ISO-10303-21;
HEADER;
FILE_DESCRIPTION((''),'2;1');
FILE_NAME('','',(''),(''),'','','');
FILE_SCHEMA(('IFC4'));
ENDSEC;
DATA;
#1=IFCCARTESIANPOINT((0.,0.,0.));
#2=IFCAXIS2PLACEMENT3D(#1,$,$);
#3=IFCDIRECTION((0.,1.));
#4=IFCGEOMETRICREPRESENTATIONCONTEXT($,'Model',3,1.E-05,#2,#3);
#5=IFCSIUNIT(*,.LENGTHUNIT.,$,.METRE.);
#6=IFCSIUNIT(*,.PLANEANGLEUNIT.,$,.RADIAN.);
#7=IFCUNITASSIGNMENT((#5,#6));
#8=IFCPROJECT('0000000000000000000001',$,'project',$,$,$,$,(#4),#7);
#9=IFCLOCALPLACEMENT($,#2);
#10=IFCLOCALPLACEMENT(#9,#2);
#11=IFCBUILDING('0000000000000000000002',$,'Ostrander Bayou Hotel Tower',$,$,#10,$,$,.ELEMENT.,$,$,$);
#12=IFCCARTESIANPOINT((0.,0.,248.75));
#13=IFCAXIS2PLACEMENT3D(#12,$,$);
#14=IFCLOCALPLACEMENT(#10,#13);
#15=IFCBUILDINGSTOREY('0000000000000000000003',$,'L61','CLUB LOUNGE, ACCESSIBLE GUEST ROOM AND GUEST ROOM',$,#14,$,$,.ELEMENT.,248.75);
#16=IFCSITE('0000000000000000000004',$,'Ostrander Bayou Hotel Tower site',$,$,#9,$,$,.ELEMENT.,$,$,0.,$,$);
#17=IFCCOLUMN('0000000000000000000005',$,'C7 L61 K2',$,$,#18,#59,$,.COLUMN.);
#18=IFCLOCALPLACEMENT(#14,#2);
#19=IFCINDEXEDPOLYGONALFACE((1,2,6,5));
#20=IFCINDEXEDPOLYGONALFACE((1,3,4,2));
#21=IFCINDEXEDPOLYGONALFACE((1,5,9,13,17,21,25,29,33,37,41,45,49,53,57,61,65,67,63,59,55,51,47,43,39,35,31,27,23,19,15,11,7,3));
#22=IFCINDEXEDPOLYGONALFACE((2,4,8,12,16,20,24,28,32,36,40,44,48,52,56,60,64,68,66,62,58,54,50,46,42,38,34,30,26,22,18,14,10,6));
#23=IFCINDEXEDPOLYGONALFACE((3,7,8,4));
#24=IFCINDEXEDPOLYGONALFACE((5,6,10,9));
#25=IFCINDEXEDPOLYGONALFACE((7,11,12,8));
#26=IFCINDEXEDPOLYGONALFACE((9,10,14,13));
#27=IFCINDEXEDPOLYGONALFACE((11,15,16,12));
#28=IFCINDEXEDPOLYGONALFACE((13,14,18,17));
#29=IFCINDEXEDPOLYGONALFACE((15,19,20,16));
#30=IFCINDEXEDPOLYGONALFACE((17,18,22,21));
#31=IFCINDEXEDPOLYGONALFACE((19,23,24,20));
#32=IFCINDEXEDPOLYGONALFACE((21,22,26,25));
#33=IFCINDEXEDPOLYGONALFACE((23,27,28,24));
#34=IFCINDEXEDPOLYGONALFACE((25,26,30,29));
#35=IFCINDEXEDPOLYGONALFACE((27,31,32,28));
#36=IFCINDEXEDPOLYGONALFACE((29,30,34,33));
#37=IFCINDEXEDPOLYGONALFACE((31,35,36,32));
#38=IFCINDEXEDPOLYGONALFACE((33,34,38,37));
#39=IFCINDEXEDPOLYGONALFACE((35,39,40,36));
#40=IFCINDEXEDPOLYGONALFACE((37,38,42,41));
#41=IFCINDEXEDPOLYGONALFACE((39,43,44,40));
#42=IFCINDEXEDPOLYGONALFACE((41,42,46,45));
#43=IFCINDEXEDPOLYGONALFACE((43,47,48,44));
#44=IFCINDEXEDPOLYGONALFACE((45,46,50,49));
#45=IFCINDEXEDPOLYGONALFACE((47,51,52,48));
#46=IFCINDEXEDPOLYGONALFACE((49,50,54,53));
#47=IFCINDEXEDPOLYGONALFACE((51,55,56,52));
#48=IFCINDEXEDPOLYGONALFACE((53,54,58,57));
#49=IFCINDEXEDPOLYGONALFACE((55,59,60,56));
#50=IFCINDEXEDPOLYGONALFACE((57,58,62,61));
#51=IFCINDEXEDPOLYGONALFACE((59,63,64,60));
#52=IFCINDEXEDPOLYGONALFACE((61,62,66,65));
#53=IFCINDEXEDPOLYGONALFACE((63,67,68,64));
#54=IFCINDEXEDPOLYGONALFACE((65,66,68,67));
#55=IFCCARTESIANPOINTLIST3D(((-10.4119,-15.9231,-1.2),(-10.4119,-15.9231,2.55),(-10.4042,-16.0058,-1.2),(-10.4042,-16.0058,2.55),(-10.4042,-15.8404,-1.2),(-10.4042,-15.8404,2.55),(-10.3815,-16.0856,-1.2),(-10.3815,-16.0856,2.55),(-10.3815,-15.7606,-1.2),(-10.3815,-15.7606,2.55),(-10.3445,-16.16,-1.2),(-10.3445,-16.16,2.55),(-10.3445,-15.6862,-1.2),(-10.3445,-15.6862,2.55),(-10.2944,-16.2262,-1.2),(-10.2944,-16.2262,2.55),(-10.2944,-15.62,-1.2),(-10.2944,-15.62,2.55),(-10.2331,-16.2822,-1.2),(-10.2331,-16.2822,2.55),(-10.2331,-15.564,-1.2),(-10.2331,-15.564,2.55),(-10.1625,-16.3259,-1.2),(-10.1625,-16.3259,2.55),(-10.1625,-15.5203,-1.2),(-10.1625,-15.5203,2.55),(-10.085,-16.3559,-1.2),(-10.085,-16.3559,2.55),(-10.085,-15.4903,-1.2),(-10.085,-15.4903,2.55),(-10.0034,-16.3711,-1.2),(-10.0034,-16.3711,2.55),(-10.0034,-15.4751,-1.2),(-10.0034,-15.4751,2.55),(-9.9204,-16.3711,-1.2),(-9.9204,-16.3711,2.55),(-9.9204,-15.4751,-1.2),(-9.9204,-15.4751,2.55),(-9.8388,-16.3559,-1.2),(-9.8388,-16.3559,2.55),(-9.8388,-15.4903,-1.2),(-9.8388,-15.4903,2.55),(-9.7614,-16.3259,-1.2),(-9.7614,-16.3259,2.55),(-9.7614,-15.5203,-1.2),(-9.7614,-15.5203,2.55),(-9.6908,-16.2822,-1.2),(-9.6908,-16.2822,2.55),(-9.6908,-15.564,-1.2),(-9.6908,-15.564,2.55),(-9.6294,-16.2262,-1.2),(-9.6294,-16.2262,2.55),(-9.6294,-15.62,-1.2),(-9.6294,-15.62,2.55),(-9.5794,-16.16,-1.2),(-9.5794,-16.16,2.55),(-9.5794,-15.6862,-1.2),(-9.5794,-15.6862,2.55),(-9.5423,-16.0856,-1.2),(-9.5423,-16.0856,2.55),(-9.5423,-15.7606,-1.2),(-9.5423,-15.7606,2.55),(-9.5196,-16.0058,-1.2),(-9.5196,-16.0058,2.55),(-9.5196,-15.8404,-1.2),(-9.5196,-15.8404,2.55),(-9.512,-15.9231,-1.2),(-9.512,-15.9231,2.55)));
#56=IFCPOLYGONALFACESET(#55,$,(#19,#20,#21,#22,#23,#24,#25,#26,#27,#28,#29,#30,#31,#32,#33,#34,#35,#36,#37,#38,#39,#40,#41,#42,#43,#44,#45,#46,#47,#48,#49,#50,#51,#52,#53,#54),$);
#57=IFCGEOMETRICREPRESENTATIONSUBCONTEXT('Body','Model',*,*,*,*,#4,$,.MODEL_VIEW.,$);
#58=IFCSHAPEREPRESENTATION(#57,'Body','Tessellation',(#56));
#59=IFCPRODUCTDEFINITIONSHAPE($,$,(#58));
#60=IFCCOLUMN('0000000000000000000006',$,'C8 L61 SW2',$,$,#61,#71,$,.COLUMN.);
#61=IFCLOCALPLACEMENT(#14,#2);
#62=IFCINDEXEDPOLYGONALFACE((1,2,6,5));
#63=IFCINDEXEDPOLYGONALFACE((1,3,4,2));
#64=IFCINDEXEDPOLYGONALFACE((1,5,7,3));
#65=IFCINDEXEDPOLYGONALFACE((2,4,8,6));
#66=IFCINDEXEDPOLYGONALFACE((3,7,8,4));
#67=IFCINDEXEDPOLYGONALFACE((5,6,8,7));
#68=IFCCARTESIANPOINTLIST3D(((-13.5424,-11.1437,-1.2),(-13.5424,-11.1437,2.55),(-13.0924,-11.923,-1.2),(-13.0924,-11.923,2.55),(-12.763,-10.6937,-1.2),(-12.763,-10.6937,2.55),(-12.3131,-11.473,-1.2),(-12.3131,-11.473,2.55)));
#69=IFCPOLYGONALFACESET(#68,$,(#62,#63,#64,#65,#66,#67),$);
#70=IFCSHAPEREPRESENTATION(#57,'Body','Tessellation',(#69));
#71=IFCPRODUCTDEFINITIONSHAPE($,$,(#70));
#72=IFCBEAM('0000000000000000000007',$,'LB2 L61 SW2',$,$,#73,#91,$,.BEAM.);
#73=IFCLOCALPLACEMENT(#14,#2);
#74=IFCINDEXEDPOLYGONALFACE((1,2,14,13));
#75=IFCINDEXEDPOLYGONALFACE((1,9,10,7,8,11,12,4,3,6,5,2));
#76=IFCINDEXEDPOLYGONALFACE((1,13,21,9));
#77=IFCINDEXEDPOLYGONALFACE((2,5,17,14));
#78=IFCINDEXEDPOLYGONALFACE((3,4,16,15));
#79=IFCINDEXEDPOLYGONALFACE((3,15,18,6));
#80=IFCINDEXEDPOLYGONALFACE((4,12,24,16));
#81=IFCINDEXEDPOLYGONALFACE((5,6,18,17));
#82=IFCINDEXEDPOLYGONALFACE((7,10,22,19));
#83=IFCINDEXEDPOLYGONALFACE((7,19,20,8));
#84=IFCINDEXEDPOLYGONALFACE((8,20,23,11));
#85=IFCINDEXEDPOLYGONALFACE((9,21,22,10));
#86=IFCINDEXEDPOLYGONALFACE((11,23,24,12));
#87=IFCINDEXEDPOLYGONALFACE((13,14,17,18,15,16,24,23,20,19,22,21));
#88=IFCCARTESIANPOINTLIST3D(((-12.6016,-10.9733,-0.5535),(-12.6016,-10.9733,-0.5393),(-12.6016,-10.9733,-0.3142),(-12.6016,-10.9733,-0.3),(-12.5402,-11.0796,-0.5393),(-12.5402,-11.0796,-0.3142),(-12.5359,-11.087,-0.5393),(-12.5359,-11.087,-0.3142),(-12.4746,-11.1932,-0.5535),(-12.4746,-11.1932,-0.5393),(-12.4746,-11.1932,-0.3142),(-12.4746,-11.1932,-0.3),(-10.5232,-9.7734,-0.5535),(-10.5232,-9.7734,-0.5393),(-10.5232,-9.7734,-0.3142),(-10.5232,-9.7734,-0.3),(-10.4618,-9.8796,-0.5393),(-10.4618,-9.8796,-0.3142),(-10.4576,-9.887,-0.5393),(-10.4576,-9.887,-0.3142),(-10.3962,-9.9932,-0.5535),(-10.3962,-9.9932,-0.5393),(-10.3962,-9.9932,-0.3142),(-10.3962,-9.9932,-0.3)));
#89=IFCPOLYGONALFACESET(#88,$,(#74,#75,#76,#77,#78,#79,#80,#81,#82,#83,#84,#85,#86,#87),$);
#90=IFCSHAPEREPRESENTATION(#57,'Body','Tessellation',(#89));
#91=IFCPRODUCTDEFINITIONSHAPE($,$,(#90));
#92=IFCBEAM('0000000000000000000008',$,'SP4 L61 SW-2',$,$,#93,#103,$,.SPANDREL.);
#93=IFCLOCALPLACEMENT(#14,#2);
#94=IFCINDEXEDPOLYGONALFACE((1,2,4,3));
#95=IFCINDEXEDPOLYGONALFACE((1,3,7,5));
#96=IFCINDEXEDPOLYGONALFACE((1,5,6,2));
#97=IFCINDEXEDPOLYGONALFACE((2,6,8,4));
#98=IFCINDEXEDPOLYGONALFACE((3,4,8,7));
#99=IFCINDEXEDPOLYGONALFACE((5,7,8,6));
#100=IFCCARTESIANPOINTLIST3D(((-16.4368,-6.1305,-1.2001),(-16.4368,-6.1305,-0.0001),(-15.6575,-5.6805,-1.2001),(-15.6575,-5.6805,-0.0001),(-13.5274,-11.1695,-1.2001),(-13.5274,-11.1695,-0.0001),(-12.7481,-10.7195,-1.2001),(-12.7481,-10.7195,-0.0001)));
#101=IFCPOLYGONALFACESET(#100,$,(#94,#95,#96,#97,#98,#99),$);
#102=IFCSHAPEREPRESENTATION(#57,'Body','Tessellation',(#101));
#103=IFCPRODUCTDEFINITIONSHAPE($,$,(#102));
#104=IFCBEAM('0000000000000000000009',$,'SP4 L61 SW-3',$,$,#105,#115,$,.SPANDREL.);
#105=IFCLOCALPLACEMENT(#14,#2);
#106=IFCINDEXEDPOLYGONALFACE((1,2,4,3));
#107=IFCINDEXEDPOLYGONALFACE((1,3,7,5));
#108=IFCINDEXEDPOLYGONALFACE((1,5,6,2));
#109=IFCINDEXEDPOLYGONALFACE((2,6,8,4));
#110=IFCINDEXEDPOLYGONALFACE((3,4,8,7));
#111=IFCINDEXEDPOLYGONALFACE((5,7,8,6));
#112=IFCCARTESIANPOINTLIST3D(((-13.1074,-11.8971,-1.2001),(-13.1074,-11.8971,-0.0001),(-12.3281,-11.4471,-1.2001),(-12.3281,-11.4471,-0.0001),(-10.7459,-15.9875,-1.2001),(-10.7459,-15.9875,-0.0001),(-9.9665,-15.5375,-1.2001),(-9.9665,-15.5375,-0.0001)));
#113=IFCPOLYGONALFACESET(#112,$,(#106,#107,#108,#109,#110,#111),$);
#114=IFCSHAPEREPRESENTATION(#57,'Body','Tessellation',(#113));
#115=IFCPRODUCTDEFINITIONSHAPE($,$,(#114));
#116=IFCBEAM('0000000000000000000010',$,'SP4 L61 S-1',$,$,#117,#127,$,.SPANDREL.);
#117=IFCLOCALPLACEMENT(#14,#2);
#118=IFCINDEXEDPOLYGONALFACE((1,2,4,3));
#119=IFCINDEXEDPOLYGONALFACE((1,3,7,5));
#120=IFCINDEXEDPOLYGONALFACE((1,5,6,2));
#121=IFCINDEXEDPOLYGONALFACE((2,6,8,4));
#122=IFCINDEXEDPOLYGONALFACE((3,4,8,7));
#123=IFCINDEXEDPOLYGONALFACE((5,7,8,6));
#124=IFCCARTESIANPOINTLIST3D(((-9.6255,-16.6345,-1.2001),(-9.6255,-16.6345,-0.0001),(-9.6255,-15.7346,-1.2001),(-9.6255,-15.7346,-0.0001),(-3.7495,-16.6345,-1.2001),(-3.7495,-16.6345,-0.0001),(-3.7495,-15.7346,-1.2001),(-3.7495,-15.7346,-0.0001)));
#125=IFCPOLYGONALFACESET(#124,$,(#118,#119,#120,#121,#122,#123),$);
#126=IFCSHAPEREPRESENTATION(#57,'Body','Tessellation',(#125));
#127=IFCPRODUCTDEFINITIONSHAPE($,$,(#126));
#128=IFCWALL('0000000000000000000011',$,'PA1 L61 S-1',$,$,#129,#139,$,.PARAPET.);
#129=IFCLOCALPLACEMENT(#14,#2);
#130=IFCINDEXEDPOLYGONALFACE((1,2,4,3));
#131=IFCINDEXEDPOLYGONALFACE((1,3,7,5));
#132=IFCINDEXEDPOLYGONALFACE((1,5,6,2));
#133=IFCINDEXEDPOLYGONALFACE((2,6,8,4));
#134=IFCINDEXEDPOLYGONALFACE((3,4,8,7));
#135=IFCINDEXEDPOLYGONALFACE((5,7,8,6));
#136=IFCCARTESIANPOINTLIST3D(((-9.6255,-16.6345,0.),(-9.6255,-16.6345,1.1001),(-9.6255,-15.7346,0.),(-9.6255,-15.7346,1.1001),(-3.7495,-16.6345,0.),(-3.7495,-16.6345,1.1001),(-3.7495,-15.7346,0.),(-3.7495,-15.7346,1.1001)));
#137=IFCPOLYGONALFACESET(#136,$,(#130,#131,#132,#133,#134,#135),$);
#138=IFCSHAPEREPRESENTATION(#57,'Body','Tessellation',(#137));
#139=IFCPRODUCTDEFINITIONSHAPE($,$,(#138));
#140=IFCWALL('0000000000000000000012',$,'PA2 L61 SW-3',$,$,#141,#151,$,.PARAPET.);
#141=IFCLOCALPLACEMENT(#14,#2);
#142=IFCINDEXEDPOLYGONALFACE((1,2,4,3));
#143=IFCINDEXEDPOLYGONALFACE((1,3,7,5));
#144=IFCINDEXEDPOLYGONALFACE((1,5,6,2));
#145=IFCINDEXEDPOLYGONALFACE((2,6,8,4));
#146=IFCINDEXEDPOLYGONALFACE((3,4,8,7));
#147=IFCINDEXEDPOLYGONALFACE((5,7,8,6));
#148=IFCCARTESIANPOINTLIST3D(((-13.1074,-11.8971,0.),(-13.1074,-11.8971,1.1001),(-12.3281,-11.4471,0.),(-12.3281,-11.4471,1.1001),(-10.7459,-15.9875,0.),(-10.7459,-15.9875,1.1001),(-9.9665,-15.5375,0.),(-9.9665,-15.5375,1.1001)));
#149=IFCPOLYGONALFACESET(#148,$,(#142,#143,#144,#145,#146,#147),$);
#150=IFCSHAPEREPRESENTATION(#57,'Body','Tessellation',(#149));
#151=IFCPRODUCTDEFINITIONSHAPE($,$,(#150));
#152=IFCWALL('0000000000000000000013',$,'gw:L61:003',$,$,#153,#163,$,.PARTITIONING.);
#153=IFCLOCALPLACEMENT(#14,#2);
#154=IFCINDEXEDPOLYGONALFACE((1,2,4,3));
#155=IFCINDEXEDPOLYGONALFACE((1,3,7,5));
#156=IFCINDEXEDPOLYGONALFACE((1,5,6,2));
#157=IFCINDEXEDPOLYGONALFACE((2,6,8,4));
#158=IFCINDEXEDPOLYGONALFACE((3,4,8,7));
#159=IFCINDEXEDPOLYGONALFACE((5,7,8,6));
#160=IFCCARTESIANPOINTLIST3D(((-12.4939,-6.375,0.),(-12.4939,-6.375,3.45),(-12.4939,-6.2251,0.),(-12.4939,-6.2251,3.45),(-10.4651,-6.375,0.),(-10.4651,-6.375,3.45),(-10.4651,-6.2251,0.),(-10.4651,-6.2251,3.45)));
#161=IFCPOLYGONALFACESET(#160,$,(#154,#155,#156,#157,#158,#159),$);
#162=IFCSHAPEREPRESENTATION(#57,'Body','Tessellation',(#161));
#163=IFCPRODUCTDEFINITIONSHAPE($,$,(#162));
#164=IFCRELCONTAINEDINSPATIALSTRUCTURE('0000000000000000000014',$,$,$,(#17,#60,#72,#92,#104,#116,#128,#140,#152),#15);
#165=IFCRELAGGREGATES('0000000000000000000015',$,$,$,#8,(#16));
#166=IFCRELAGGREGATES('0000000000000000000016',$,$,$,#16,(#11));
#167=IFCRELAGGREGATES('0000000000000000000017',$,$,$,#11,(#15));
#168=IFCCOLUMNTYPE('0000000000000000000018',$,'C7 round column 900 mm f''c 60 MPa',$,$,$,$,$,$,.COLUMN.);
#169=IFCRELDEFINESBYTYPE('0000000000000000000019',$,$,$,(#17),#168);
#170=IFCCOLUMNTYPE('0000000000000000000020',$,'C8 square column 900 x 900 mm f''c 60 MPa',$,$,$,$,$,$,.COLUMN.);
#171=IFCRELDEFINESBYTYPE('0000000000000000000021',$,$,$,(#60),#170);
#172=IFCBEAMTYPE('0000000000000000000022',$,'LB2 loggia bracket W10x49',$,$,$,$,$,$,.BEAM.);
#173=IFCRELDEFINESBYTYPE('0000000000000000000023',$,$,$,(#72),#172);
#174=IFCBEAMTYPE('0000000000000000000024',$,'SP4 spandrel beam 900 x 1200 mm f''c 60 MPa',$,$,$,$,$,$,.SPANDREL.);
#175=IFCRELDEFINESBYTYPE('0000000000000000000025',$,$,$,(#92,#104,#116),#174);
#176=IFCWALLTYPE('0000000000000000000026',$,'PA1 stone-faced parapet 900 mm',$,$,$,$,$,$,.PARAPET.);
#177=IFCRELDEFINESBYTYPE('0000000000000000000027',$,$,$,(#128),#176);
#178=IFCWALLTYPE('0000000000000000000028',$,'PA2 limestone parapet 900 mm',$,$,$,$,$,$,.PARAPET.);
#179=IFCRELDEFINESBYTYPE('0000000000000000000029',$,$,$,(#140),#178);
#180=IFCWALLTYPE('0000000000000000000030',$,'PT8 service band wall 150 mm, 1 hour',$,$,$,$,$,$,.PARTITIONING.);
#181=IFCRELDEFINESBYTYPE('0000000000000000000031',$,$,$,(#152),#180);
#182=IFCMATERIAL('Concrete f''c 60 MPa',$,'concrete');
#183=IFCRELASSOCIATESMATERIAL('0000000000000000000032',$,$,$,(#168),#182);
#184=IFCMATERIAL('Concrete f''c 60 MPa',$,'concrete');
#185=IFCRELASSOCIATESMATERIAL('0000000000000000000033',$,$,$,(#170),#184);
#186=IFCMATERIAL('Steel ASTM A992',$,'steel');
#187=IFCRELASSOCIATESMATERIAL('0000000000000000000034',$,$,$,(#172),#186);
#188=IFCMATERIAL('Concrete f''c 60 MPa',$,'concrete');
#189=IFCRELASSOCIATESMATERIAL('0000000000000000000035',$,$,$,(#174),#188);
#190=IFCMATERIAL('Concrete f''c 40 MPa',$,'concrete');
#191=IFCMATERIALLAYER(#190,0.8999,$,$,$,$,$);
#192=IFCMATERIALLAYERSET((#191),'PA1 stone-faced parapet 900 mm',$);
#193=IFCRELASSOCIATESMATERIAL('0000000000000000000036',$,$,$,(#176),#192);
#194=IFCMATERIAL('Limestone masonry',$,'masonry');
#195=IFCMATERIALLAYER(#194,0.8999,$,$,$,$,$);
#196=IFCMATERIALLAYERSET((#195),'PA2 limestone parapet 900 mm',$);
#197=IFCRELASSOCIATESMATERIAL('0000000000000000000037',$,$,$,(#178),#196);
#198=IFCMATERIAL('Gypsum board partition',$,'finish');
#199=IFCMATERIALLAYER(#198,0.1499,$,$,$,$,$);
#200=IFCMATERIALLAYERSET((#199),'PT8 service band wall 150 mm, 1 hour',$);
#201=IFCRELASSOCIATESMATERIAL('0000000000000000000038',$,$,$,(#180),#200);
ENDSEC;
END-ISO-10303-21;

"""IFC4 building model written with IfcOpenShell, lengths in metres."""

from ifc_helpers import new_model, si_unit, direction, frame, frame_2d, origin, origin_2d, place, context, subcontext, project, spatial, rectangle, circle, i_section, extrude, material, layer, layer_set, material_profile, profile_set, type_object, element, save


model = new_model("IFC4")

# Units and contexts
model_context = context("Model", 3, precision=1e-05, world=origin(), true_north=direction((0.0, 1.0)))
body_context = subcontext(model_context, "Body", "Model", "MODEL_VIEW")
ifc_project = project(units=[si_unit("LENGTHUNIT", "METRE"), si_unit("PLANEANGLEUNIT", "RADIAN")], contexts=[model_context])

# Site, building, storey
site_placement = place(None, origin())
site = spatial("IfcSite", under=ifc_project, at=site_placement, Name="Ostrander Bayou Hotel Tower site", CompositionType="ELEMENT", RefElevation=0.0)
building_placement = place(site_placement, origin())
building = spatial("IfcBuilding", under=site, at=building_placement, Name="Ostrander Bayou Hotel Tower", CompositionType="ELEMENT")
storey_placement = place(building_placement, frame((0.0, 0.0, 248.75)))
storey = spatial("IfcBuildingStorey", under=building, at=storey_placement, Name="L61", Description="CLUB LOUNGE, ACCESSIBLE GUEST ROOM AND GUEST ROOM", CompositionType="ELEMENT", Elevation=248.75)

# Columns
ifc_material_1 = material(Name="Concrete f'c 60 MPa", Category="concrete")
ifc_material_profile_1 = material_profile(ifc_material_1, circle(Radius=0.45, at=origin_2d()))
ifc_profile_set_1 = profile_set([ifc_material_profile_1], Name="Concrete f'c 60 MPa")
column_type_1 = type_object("IfcColumnType", Name="C7 round column 900 mm f'c 60 MPa", PredefinedType="COLUMN", material=ifc_profile_set_1)
column_1_placement = place(storey_placement, frame((-9.9619, -15.9231, -1.2), z_axis=(0.0, 0.0, 1.0), x_axis=(1.0, 0.0, 0.0)))
element("IfcColumn", 1, at=column_1_placement, inside=storey, type_object=column_type_1, Name="C7 L61 K2", PredefinedType="COLUMN", context=body_context, shape_type="SweptSolid", body=[
    extrude(circle(Radius=0.45, at=origin_2d()), origin(), (0.0, 0.0, 1.0), 3.75),
])
ifc_material_2 = material(Name="Concrete f'c 60 MPa", Category="concrete")
ifc_material_profile_2 = material_profile(ifc_material_2, rectangle(XDim=0.8999, YDim=0.8999, at=origin_2d()))
ifc_profile_set_2 = profile_set([ifc_material_profile_2], Name="Concrete f'c 60 MPa")
column_type_2 = type_object("IfcColumnType", Name="C8 square column 900 x 900 mm f'c 60 MPa", PredefinedType="COLUMN", material=ifc_profile_set_2)
column_2_placement = place(storey_placement, frame((-12.9277, -11.3083, -1.2), z_axis=(0.0, 0.0, 1.0), x_axis=(-0.5, 0.866025, 0.0)))
element("IfcColumn", 2, at=column_2_placement, inside=storey, type_object=column_type_2, Name="C8 L61 SW2", PredefinedType="COLUMN", context=body_context, shape_type="SweptSolid", body=[
    extrude(rectangle(XDim=0.8999, YDim=0.8999, at=origin_2d()), origin(), (0.0, 0.0, 1.0), 3.75),
])

# Beams
ifc_material_3 = material(Name="Steel ASTM A992", Category="steel")
ifc_material_profile_3 = material_profile(ifc_material_3, i_section(OverallWidth=0.2539, OverallDepth=0.2534, WebThickness=0.0085, FlangeThickness=0.0142, at=origin_2d()))
ifc_profile_set_3 = profile_set([ifc_material_profile_3], Name="Steel ASTM A992")
beam_type_1 = type_object("IfcBeamType", Name="LB2 loggia bracket W10x49", PredefinedType="BEAM", material=ifc_profile_set_3)
beam_1_placement = place(storey_placement, frame((-12.5381, -11.0833, -0.4268), z_axis=(0.866025, 0.500001, 0.0), x_axis=(-0.500001, 0.866025, 0.0)))
element("IfcBeam", 3, at=beam_1_placement, inside=storey, type_object=beam_type_1, Name="LB2 L61 SW2", PredefinedType="BEAM", context=body_context, shape_type="SweptSolid", body=[
    extrude(i_section(OverallWidth=0.2539, OverallDepth=0.2534, WebThickness=0.0085, FlangeThickness=0.0142, at=origin_2d()), origin(), (0.0, 0.0, 1.0), 2.3999),
])
ifc_material_4 = material(Name="Concrete f'c 60 MPa", Category="concrete")
ifc_material_profile_4 = material_profile(ifc_material_4, rectangle(XDim=0.8999, YDim=1.2, at=origin_2d()))
ifc_profile_set_4 = profile_set([ifc_material_profile_4], Name="Concrete f'c 60 MPa")
beam_type_2 = type_object("IfcBeamType", Name="SP4 spandrel beam 900 x 1200 mm f'c 60 MPa", PredefinedType="SPANDREL", material=ifc_profile_set_4)
beam_2_placement = place(storey_placement, frame((-16.0471, -5.9055, -0.6001), z_axis=(0.500015, -0.866016, 0.0), x_axis=(0.866016, 0.500015, 0.0)))
element("IfcBeam", 4, at=beam_2_placement, inside=storey, type_object=beam_type_2, Name="SP4 L61 SW-2", PredefinedType="SPANDREL", context=body_context, shape_type="SweptSolid", body=[
    extrude(rectangle(XDim=0.8999, YDim=1.2, at=origin_2d()), origin(), (0.0, 0.0, 1.0), 5.8186),
])
beam_3_placement = place(storey_placement, frame((-12.7178, -11.6721, -0.6001), z_axis=(0.500003, -0.866024, 0.0), x_axis=(0.866024, 0.500003, 0.0)))
element("IfcBeam", 5, at=beam_3_placement, inside=storey, type_object=beam_type_2, Name="SP4 L61 SW-3", PredefinedType="SPANDREL", context=body_context, shape_type="SweptSolid", body=[
    extrude(rectangle(XDim=0.8999, YDim=1.2, at=origin_2d()), origin(), (0.0, 0.0, 1.0), 4.7231),
])
beam_4_placement = place(storey_placement, frame((-9.6255, -16.1846, -0.6001), z_axis=(1.0, 0.0, 0.0), x_axis=(0.0, 1.0, 0.0)))
element("IfcBeam", 6, at=beam_4_placement, inside=storey, type_object=beam_type_2, Name="SP4 L61 S-1", PredefinedType="SPANDREL", context=body_context, shape_type="SweptSolid", body=[
    extrude(rectangle(XDim=0.8999, YDim=1.2, at=origin_2d()), origin(), (0.0, 0.0, 1.0), 5.876),
])

# Walls
ifc_material_5 = material(Name="Concrete f'c 40 MPa", Category="concrete")
ifc_layer_1 = layer(ifc_material_5, 0.8999)
ifc_layer_set_1 = layer_set([ifc_layer_1], Name="PA1 stone-faced parapet 900 mm")
wall_type_1 = type_object("IfcWallType", Name="PA1 stone-faced parapet 900 mm", PredefinedType="PARAPET", material=ifc_layer_set_1)
wall_1_placement = place(storey_placement, frame((-9.6255, -16.1846, 0.0), z_axis=(0.0, 0.0, 1.0), x_axis=(1.0, 0.0, 0.0)))
element("IfcWall", 7, at=wall_1_placement, inside=storey, type_object=wall_type_1, Name="PA1 L61 S-1", PredefinedType="PARAPET", context=body_context, shape_type="SweptSolid", body=[
    extrude(rectangle(XDim=5.876, YDim=0.8999, at=frame_2d((2.938, 0.0))), origin(), (0.0, 0.0, 1.0), 1.1001),
])
ifc_material_6 = material(Name="Limestone masonry", Category="masonry")
ifc_layer_2 = layer(ifc_material_6, 0.8999)
ifc_layer_set_2 = layer_set([ifc_layer_2], Name="PA2 limestone parapet 900 mm")
wall_type_2 = type_object("IfcWallType", Name="PA2 limestone parapet 900 mm", PredefinedType="PARAPET", material=ifc_layer_set_2)
wall_2_placement = place(storey_placement, frame((-12.7178, -11.6721, 0.0), z_axis=(0.0, 0.0, 1.0), x_axis=(0.500003, -0.866024, 0.0)))
element("IfcWall", 8, at=wall_2_placement, inside=storey, type_object=wall_type_2, Name="PA2 L61 SW-3", PredefinedType="PARAPET", context=body_context, shape_type="SweptSolid", body=[
    extrude(rectangle(XDim=4.7231, YDim=0.8999, at=frame_2d((2.3616, 0.0))), origin(), (0.0, 0.0, 1.0), 1.1001),
])
ifc_material_7 = material(Name="Gypsum board partition", Category="finish")
ifc_layer_3 = layer(ifc_material_7, 0.1499)
ifc_layer_set_3 = layer_set([ifc_layer_3], Name="PT8 service band wall 150 mm, 1 hour")
wall_type_3 = type_object("IfcWallType", Name="PT8 service band wall 150 mm, 1 hour", PredefinedType="PARTITIONING", material=ifc_layer_set_3)
wall_3_placement = place(storey_placement, frame((-12.4939, -6.3, 0.0), z_axis=(0.0, 0.0, 1.0), x_axis=(1.0, 0.0, 0.0)))
element("IfcWall", 9, at=wall_3_placement, inside=storey, type_object=wall_type_3, Name="gw:L61:003", PredefinedType="PARTITIONING", context=body_context, shape_type="SweptSolid", body=[
    extrude(rectangle(XDim=2.0288, YDim=0.1499, at=frame_2d((1.0144, 0.0))), origin(), (0.0, 0.0, 1.0), 3.45),
])

save(model, "model.ifc")
